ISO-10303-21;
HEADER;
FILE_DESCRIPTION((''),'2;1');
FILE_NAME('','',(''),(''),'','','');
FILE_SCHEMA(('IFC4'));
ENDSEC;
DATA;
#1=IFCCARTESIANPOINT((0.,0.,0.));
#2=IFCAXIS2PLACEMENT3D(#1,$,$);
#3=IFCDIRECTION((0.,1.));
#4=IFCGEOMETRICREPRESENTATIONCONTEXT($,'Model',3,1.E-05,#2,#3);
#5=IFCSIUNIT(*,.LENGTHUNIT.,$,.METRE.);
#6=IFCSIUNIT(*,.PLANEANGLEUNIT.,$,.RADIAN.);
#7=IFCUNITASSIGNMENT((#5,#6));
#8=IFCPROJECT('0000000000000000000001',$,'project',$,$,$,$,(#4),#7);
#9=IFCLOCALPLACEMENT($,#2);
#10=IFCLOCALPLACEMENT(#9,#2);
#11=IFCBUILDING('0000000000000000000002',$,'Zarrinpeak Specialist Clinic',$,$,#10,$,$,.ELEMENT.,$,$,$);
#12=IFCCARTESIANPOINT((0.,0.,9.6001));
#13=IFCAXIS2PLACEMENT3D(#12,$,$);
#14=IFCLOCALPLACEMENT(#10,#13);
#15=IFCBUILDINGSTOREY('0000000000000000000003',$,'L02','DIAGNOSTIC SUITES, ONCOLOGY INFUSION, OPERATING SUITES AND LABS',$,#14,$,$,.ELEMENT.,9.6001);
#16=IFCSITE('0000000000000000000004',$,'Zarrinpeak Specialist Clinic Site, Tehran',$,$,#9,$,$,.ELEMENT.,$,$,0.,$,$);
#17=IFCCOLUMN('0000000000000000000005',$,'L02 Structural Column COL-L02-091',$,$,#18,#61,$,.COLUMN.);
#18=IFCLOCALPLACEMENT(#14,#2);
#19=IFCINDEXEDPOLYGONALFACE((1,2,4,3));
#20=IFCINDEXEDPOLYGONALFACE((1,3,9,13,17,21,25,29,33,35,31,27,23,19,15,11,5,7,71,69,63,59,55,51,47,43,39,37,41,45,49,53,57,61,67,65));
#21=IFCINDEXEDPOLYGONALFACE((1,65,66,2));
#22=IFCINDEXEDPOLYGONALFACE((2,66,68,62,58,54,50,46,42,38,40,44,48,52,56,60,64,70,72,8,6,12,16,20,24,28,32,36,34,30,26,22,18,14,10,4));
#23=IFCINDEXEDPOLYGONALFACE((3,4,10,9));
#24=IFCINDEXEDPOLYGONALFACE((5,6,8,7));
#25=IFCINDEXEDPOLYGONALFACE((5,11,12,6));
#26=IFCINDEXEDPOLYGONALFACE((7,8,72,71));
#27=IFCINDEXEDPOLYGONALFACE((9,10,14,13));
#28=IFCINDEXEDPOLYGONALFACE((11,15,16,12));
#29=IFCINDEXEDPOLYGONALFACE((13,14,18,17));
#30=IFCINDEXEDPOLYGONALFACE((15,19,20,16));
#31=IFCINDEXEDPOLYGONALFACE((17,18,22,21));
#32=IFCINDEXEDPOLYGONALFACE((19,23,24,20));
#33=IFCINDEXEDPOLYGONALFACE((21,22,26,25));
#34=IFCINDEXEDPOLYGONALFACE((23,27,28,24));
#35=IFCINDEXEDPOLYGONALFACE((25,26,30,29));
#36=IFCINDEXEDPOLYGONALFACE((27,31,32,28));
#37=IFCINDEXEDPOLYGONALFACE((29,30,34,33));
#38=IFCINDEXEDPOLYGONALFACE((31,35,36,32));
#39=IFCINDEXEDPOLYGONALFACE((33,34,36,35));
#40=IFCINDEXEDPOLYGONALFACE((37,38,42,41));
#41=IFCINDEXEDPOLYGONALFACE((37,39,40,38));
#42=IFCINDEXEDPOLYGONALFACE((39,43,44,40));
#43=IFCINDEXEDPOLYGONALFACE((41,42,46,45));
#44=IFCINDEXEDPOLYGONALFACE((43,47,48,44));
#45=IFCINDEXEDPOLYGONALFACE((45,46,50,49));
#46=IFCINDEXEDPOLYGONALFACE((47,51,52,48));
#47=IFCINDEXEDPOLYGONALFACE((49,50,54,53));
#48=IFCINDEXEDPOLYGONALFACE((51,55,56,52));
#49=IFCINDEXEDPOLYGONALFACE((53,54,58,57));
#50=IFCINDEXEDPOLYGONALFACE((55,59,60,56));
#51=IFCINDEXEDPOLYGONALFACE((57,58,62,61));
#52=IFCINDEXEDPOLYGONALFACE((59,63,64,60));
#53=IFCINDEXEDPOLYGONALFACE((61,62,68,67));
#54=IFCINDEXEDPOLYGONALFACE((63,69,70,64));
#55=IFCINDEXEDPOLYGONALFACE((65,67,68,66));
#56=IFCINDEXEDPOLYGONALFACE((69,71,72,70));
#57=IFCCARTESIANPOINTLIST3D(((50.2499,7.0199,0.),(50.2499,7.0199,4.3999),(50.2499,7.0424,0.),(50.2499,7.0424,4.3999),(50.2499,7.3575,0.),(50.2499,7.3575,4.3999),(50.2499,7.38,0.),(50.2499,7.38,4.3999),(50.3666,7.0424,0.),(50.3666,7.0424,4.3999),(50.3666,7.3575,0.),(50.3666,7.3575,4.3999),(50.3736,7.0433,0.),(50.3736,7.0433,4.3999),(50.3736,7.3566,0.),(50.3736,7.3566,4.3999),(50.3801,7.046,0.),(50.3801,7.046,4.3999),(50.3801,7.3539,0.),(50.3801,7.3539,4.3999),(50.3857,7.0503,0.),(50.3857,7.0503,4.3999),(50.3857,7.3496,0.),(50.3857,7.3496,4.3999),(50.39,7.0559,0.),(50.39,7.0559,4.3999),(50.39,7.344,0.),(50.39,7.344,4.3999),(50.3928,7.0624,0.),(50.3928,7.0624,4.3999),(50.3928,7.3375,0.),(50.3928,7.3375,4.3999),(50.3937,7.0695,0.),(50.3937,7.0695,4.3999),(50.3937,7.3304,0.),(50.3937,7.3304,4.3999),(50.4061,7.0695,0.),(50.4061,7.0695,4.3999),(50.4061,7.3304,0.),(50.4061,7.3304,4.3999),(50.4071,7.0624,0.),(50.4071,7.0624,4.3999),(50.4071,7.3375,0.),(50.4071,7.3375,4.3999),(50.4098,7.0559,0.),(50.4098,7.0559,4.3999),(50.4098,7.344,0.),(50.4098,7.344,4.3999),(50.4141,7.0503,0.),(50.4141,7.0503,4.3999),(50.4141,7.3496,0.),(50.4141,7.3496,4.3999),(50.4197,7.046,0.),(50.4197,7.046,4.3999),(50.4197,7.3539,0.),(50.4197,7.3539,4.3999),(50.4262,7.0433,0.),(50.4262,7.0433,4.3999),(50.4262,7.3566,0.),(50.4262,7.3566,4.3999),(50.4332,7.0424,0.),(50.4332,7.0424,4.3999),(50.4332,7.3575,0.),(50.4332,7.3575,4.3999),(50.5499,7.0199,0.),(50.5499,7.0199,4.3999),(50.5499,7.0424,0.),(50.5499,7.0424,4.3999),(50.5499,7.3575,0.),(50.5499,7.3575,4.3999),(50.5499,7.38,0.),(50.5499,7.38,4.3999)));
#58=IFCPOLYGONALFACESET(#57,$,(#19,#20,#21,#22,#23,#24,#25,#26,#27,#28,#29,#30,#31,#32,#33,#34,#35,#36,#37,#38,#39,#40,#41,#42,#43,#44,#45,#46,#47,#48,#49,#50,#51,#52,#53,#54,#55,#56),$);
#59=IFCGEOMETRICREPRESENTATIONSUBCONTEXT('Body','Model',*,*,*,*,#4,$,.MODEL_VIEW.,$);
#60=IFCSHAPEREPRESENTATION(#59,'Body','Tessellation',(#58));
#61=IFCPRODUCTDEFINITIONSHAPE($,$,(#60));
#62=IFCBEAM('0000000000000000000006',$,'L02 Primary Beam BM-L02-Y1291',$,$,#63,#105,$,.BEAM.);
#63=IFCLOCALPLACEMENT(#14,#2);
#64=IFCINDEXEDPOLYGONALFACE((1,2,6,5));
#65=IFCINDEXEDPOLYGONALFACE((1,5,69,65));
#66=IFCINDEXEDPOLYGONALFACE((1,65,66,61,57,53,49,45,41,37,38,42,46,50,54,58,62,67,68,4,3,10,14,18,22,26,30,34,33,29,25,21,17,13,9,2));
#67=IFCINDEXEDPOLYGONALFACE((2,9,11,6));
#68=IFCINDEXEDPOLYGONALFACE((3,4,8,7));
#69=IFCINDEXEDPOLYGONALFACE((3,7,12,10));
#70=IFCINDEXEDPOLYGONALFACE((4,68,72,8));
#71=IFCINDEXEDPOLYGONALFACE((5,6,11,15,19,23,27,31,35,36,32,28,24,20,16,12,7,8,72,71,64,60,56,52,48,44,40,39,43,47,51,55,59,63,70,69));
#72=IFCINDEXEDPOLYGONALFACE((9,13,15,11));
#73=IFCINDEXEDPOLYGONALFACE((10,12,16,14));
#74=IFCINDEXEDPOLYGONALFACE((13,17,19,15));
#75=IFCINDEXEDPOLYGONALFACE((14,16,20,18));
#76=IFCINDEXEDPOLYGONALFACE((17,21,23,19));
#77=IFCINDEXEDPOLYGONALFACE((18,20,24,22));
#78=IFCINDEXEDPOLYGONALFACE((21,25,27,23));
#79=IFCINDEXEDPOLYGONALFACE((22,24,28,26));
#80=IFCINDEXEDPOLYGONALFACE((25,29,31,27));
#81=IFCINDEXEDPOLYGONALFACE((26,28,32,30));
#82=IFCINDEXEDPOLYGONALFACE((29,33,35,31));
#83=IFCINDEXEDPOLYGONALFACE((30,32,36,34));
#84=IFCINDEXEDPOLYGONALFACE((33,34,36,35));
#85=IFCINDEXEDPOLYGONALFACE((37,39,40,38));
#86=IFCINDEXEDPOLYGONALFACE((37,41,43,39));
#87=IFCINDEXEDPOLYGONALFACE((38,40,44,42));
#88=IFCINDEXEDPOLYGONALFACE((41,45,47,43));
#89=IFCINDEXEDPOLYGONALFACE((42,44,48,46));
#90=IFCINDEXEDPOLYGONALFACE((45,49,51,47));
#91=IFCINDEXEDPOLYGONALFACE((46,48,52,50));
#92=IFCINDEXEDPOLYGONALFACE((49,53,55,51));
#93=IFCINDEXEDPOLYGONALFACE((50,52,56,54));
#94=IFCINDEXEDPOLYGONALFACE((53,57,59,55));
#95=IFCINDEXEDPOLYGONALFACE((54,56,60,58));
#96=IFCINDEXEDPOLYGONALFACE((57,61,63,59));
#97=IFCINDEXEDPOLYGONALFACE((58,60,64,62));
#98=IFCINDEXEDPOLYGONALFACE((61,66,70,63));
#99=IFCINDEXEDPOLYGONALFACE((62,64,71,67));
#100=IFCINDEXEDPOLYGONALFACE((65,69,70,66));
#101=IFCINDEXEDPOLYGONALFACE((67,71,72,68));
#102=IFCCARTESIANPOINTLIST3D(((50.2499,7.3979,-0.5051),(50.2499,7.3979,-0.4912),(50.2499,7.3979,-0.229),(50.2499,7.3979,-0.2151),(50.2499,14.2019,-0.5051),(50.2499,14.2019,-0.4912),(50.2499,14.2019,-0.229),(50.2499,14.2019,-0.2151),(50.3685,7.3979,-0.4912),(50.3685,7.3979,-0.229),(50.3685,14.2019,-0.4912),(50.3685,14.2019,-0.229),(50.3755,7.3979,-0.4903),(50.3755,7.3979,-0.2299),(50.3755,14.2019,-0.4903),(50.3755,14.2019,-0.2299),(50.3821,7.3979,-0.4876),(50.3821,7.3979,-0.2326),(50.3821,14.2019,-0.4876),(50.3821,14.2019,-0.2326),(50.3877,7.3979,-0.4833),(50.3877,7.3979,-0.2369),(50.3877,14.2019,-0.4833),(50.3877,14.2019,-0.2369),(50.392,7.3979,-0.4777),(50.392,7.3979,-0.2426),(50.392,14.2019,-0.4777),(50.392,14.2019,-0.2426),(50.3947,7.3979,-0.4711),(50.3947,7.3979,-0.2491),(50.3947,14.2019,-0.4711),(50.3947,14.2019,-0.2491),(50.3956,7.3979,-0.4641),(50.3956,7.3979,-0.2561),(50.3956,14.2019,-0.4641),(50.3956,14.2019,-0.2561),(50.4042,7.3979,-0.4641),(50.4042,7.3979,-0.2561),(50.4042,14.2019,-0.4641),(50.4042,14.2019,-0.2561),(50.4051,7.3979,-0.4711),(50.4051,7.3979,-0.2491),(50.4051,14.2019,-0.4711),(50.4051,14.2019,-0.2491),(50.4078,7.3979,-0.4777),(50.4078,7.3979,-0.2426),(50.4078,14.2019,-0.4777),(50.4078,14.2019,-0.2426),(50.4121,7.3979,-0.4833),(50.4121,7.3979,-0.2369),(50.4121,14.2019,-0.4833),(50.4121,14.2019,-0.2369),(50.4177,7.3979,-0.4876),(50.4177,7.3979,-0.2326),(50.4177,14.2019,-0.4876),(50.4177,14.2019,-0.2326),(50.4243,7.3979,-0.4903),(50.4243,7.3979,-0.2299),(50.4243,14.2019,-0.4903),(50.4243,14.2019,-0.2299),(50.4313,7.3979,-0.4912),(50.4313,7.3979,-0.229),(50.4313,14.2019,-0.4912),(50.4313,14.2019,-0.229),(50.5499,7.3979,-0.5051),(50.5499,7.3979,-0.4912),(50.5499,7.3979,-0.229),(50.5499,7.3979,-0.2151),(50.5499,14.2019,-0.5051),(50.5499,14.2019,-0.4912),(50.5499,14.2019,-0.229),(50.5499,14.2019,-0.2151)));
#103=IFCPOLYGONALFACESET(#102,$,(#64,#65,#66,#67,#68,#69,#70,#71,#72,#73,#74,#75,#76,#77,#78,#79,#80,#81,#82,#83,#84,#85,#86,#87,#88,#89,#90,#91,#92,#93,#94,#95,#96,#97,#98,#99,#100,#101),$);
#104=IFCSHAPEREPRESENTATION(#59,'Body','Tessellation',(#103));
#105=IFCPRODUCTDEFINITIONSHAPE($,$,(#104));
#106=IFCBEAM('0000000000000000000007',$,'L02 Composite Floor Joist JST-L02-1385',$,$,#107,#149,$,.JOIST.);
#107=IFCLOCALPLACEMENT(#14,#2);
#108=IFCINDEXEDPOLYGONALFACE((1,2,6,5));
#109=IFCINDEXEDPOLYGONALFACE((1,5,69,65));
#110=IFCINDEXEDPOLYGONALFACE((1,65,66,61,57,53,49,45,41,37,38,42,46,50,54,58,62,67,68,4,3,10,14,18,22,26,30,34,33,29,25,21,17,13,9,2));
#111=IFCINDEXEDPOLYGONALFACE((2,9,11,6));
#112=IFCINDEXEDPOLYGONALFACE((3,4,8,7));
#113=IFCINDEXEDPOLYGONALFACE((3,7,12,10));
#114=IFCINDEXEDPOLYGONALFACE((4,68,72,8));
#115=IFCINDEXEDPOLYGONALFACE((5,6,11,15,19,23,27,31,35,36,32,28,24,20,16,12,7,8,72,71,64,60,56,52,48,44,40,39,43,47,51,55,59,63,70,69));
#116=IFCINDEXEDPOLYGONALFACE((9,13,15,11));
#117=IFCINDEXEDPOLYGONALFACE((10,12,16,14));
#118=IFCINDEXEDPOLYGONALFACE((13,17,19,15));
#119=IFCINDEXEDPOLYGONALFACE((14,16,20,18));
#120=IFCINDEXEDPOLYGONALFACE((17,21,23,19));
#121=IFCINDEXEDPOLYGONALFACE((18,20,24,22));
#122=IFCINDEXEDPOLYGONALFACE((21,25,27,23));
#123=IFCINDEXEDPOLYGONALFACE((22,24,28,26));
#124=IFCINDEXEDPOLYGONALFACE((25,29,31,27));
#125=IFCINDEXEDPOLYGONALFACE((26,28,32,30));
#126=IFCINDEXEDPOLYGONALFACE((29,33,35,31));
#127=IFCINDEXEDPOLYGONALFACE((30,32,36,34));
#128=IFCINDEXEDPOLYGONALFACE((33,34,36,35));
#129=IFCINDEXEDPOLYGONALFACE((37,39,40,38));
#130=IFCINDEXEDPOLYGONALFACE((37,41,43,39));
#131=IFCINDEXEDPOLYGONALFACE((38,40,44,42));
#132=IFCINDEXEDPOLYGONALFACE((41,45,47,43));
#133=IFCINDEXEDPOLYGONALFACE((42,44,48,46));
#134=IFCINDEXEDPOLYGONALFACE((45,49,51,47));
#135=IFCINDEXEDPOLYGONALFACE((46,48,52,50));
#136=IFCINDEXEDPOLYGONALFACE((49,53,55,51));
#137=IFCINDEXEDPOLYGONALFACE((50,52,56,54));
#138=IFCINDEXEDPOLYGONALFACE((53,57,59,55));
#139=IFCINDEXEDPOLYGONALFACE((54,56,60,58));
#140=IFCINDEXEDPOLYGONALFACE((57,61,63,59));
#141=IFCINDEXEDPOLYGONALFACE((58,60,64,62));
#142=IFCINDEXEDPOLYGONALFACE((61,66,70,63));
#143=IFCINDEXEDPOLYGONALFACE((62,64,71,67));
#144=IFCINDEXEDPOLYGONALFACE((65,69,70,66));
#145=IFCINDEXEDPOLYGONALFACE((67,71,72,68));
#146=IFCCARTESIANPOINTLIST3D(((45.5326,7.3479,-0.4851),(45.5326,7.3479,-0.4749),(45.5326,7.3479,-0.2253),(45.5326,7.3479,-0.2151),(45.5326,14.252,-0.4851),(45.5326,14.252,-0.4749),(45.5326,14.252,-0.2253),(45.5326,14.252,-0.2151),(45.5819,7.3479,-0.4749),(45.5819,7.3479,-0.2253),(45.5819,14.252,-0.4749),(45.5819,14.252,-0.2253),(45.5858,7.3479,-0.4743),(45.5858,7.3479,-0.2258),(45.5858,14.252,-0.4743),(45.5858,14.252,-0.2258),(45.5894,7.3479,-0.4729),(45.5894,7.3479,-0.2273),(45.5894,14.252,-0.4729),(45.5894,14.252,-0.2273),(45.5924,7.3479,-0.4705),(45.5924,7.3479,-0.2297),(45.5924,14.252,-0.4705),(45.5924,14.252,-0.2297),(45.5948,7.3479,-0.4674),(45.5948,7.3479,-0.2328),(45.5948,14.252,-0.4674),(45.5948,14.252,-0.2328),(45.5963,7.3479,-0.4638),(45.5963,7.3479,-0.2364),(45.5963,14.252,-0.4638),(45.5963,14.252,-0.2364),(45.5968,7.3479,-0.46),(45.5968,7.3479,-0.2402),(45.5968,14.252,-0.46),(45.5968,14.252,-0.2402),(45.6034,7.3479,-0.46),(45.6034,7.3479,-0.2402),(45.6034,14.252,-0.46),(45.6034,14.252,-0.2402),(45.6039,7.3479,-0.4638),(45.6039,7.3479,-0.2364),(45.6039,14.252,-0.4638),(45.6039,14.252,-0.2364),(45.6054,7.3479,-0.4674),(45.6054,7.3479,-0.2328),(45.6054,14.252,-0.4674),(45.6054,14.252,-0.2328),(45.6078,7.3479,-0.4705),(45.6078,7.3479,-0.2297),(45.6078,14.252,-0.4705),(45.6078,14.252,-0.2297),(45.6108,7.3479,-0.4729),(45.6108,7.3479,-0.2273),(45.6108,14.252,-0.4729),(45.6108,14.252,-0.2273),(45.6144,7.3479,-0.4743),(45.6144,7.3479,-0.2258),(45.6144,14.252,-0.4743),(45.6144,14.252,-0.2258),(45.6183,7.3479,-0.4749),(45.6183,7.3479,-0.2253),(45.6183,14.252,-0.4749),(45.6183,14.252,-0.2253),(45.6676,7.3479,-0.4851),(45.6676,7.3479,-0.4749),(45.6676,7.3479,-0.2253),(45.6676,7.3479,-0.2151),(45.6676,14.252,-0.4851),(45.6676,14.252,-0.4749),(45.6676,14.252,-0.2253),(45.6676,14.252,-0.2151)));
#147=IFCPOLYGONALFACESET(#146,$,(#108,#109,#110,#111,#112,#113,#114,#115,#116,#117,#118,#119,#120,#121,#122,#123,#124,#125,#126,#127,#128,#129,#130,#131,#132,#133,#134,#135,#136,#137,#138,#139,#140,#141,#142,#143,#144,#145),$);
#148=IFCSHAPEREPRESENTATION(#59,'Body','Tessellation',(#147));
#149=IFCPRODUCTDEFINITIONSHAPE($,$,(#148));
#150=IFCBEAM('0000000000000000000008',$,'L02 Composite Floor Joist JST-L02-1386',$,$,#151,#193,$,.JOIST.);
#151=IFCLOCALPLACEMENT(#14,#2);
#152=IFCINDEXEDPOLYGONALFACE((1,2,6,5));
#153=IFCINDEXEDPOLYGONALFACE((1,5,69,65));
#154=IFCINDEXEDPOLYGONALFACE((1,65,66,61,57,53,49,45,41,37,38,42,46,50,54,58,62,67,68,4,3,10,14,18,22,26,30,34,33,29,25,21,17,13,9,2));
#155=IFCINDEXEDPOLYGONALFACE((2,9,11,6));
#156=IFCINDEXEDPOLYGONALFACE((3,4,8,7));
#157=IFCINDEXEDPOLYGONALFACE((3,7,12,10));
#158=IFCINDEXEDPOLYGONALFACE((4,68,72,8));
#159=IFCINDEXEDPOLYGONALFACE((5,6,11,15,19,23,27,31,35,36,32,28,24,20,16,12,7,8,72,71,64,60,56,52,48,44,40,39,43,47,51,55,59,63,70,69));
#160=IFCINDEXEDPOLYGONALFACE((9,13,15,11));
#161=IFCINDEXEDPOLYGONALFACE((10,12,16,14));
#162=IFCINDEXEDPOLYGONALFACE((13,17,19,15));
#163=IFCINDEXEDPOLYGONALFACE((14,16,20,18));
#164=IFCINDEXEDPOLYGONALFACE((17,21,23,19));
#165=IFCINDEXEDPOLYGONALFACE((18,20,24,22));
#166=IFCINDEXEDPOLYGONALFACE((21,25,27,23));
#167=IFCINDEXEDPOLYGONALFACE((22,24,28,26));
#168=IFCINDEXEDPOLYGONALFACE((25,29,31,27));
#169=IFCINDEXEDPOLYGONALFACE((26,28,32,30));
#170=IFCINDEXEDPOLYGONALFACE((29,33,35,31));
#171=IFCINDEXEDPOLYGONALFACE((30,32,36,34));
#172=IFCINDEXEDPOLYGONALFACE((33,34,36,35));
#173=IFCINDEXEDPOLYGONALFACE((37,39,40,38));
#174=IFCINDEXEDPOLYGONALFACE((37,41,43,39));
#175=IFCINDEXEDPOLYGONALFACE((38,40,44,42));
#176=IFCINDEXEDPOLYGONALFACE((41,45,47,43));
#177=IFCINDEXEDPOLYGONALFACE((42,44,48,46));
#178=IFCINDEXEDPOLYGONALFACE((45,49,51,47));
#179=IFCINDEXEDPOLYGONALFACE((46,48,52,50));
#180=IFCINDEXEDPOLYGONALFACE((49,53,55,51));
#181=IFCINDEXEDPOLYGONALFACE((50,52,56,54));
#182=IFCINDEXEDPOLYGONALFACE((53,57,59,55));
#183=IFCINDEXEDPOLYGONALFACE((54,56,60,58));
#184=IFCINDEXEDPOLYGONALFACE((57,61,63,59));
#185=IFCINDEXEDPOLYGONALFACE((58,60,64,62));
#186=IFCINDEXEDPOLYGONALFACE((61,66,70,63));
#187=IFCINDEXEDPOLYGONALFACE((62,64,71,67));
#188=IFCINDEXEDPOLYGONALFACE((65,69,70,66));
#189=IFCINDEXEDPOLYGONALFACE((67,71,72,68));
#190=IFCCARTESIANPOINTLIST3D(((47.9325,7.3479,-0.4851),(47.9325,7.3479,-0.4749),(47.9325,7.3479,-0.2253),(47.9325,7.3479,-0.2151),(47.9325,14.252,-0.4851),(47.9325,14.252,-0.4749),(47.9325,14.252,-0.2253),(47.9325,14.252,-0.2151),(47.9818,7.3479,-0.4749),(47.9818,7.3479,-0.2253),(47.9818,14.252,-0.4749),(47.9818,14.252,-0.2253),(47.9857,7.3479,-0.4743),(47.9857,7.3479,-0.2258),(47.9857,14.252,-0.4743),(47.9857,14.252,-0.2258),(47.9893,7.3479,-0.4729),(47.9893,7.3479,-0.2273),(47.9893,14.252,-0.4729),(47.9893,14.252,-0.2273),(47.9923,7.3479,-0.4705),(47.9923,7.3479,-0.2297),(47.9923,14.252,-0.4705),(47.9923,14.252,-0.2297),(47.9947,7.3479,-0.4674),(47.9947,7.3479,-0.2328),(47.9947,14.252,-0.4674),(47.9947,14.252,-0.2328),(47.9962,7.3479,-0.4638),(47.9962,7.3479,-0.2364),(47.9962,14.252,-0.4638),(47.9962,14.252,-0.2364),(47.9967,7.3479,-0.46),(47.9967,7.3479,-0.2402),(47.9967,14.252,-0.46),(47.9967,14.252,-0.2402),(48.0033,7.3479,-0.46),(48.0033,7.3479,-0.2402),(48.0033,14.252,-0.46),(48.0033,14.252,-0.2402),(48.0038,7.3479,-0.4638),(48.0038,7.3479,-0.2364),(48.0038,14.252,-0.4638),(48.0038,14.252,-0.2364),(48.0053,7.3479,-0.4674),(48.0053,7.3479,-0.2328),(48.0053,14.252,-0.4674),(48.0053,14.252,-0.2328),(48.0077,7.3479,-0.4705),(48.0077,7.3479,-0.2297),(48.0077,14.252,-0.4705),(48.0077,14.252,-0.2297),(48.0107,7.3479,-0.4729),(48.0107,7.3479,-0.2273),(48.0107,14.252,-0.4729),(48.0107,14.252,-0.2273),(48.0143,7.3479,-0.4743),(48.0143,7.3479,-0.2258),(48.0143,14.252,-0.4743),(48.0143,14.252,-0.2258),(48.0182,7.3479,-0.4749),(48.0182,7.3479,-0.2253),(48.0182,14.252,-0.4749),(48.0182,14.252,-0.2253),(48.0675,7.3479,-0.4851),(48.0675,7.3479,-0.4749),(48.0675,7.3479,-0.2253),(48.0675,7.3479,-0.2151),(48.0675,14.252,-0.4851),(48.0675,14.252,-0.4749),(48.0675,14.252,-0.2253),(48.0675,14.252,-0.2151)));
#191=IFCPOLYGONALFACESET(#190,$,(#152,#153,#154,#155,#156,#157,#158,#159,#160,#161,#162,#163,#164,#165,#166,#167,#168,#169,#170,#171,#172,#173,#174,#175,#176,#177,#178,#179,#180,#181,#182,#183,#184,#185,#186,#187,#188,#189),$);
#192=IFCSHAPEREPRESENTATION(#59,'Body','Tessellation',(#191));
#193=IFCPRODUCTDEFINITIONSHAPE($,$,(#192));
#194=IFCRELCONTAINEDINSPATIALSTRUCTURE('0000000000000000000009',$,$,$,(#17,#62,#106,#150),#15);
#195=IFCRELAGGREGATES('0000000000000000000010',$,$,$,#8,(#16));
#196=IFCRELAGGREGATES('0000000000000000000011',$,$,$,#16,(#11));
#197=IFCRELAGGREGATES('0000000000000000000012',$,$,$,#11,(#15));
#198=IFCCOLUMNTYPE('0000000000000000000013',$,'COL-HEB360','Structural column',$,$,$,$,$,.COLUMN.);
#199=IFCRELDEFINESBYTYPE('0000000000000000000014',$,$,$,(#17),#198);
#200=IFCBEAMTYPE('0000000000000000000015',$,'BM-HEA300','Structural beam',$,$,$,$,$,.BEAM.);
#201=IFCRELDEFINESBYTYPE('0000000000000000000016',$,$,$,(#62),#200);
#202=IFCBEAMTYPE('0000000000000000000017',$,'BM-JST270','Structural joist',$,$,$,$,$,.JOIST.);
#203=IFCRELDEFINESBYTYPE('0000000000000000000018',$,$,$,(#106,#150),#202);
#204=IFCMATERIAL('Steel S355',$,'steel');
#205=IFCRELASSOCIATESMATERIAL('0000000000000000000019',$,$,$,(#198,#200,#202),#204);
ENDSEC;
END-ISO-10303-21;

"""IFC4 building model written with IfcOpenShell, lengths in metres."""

from ifc_helpers import new_model, si_unit, direction, frame, origin, origin_2d, place, context, subcontext, project, spatial, i_section, extrude, material, material_profile, profile_set, type_object, element, save


model = new_model("IFC4")

# Units and contexts
model_context = context("Model", 3, precision=1e-05, world=origin(), true_north=direction((0.0, 1.0)))
body_context = subcontext(model_context, "Body", "Model", "MODEL_VIEW")
ifc_project = project(units=[si_unit("LENGTHUNIT", "METRE"), si_unit("PLANEANGLEUNIT", "RADIAN")], contexts=[model_context])

# Site, building, storey
site_placement = place(None, origin())
site = spatial("IfcSite", under=ifc_project, at=site_placement, Name="Zarrinpeak Specialist Clinic Site, Tehran", CompositionType="ELEMENT", RefElevation=0.0)
building_placement = place(site_placement, origin())
building = spatial("IfcBuilding", under=site, at=building_placement, Name="Zarrinpeak Specialist Clinic", CompositionType="ELEMENT")
storey_placement = place(building_placement, frame((0.0, 0.0, 9.6001)))
storey = spatial("IfcBuildingStorey", under=building, at=storey_placement, Name="L02", Description="DIAGNOSTIC SUITES, ONCOLOGY INFUSION, OPERATING SUITES AND LABS", CompositionType="ELEMENT", Elevation=9.6001)

# Column
ifc_material_1 = material(Name="Steel S355", Category="steel")
ifc_material_profile_1 = material_profile(ifc_material_1, i_section(OverallWidth=0.3, OverallDepth=0.3601, WebThickness=0.0125, FlangeThickness=0.0225, FilletRadius=0.0271, at=origin_2d()), Name="HEB 360")
ifc_profile_set_1 = profile_set([ifc_material_profile_1], Name="Steel S355")
column_type = type_object("IfcColumnType", Name="COL-HEB360", Description="Structural column", PredefinedType="COLUMN", material=ifc_profile_set_1)
column_placement = place(storey_placement, frame((50.3999, 7.2, 0.0), z_axis=(0.0, 0.0, 1.0), x_axis=(1.0, 0.0, 0.0)))
element("IfcColumn", 1, at=column_placement, inside=storey, type_object=column_type, Name="L02 Structural Column COL-L02-091", PredefinedType="COLUMN", context=body_context, shape_type="SweptSolid", body=[
    extrude(i_section(OverallWidth=0.3, OverallDepth=0.3601, WebThickness=0.0125, FlangeThickness=0.0225, FilletRadius=0.0271, at=origin_2d()), origin(), (0.0, 0.0, 1.0), 4.3999),
])

# Beams
ifc_material_profile_2 = material_profile(ifc_material_1, i_section(OverallWidth=0.3, OverallDepth=0.29, WebThickness=0.0085, FlangeThickness=0.0139, FilletRadius=0.0271, at=origin_2d()), Name="HEA 300")
ifc_profile_set_2 = profile_set([ifc_material_profile_2], Name="Steel S355")
beam_type_1 = type_object("IfcBeamType", Name="BM-HEA300", Description="Structural beam", PredefinedType="BEAM", material=ifc_profile_set_2)
beam_placement = place(storey_placement, frame((50.3999, 7.3979, -0.3601), z_axis=(0.0, 1.0, 0.0), x_axis=(-1.0, 0.0, 0.0)))
element("IfcBeam", 2, at=beam_placement, inside=storey, type_object=beam_type_1, Name="L02 Primary Beam BM-L02-Y1291", PredefinedType="BEAM", context=body_context, shape_type="SweptSolid", body=[
    extrude(i_section(OverallWidth=0.3, OverallDepth=0.29, WebThickness=0.0085, FlangeThickness=0.0139, FilletRadius=0.0271, at=origin_2d()), origin(), (0.0, 0.0, 1.0), 6.804),
])
ifc_material_profile_3 = material_profile(ifc_material_1, i_section(OverallWidth=0.135, OverallDepth=0.27, WebThickness=0.0066, FlangeThickness=0.0103, FilletRadius=0.0149, at=origin_2d()), Name="IPE 270")
ifc_profile_set_3 = profile_set([ifc_material_profile_3], Name="Steel S355")
beam_type_2 = type_object("IfcBeamType", Name="BM-JST270", Description="Structural joist", PredefinedType="JOIST", material=ifc_profile_set_3)
for number, where, z_axis, x_axis, name in (
    (3, (45.6001, 7.3479, -0.3501), (0.0, 1.0, 0.0), (-1.0, 0.0, 0.0), "L02 Composite Floor Joist JST-L02-1385"),
    (4, (48.0, 7.3479, -0.3501), (0.0, 1.0, 0.0), (-1.0, 0.0, 0.0), "L02 Composite Floor Joist JST-L02-1386"),
):
    element("IfcBeam", number, at=place(storey_placement, frame(where, z_axis=z_axis, x_axis=x_axis)), inside=storey, type_object=beam_type_2, Name=name, PredefinedType="JOIST", context=body_context, shape_type="SweptSolid", body=[
        extrude(i_section(OverallWidth=0.135, OverallDepth=0.27, WebThickness=0.0066, FlangeThickness=0.0103, FilletRadius=0.0149, at=origin_2d()), origin(), (0.0, 0.0, 1.0), 6.9041),
    ])

save(model, "model.ifc")
